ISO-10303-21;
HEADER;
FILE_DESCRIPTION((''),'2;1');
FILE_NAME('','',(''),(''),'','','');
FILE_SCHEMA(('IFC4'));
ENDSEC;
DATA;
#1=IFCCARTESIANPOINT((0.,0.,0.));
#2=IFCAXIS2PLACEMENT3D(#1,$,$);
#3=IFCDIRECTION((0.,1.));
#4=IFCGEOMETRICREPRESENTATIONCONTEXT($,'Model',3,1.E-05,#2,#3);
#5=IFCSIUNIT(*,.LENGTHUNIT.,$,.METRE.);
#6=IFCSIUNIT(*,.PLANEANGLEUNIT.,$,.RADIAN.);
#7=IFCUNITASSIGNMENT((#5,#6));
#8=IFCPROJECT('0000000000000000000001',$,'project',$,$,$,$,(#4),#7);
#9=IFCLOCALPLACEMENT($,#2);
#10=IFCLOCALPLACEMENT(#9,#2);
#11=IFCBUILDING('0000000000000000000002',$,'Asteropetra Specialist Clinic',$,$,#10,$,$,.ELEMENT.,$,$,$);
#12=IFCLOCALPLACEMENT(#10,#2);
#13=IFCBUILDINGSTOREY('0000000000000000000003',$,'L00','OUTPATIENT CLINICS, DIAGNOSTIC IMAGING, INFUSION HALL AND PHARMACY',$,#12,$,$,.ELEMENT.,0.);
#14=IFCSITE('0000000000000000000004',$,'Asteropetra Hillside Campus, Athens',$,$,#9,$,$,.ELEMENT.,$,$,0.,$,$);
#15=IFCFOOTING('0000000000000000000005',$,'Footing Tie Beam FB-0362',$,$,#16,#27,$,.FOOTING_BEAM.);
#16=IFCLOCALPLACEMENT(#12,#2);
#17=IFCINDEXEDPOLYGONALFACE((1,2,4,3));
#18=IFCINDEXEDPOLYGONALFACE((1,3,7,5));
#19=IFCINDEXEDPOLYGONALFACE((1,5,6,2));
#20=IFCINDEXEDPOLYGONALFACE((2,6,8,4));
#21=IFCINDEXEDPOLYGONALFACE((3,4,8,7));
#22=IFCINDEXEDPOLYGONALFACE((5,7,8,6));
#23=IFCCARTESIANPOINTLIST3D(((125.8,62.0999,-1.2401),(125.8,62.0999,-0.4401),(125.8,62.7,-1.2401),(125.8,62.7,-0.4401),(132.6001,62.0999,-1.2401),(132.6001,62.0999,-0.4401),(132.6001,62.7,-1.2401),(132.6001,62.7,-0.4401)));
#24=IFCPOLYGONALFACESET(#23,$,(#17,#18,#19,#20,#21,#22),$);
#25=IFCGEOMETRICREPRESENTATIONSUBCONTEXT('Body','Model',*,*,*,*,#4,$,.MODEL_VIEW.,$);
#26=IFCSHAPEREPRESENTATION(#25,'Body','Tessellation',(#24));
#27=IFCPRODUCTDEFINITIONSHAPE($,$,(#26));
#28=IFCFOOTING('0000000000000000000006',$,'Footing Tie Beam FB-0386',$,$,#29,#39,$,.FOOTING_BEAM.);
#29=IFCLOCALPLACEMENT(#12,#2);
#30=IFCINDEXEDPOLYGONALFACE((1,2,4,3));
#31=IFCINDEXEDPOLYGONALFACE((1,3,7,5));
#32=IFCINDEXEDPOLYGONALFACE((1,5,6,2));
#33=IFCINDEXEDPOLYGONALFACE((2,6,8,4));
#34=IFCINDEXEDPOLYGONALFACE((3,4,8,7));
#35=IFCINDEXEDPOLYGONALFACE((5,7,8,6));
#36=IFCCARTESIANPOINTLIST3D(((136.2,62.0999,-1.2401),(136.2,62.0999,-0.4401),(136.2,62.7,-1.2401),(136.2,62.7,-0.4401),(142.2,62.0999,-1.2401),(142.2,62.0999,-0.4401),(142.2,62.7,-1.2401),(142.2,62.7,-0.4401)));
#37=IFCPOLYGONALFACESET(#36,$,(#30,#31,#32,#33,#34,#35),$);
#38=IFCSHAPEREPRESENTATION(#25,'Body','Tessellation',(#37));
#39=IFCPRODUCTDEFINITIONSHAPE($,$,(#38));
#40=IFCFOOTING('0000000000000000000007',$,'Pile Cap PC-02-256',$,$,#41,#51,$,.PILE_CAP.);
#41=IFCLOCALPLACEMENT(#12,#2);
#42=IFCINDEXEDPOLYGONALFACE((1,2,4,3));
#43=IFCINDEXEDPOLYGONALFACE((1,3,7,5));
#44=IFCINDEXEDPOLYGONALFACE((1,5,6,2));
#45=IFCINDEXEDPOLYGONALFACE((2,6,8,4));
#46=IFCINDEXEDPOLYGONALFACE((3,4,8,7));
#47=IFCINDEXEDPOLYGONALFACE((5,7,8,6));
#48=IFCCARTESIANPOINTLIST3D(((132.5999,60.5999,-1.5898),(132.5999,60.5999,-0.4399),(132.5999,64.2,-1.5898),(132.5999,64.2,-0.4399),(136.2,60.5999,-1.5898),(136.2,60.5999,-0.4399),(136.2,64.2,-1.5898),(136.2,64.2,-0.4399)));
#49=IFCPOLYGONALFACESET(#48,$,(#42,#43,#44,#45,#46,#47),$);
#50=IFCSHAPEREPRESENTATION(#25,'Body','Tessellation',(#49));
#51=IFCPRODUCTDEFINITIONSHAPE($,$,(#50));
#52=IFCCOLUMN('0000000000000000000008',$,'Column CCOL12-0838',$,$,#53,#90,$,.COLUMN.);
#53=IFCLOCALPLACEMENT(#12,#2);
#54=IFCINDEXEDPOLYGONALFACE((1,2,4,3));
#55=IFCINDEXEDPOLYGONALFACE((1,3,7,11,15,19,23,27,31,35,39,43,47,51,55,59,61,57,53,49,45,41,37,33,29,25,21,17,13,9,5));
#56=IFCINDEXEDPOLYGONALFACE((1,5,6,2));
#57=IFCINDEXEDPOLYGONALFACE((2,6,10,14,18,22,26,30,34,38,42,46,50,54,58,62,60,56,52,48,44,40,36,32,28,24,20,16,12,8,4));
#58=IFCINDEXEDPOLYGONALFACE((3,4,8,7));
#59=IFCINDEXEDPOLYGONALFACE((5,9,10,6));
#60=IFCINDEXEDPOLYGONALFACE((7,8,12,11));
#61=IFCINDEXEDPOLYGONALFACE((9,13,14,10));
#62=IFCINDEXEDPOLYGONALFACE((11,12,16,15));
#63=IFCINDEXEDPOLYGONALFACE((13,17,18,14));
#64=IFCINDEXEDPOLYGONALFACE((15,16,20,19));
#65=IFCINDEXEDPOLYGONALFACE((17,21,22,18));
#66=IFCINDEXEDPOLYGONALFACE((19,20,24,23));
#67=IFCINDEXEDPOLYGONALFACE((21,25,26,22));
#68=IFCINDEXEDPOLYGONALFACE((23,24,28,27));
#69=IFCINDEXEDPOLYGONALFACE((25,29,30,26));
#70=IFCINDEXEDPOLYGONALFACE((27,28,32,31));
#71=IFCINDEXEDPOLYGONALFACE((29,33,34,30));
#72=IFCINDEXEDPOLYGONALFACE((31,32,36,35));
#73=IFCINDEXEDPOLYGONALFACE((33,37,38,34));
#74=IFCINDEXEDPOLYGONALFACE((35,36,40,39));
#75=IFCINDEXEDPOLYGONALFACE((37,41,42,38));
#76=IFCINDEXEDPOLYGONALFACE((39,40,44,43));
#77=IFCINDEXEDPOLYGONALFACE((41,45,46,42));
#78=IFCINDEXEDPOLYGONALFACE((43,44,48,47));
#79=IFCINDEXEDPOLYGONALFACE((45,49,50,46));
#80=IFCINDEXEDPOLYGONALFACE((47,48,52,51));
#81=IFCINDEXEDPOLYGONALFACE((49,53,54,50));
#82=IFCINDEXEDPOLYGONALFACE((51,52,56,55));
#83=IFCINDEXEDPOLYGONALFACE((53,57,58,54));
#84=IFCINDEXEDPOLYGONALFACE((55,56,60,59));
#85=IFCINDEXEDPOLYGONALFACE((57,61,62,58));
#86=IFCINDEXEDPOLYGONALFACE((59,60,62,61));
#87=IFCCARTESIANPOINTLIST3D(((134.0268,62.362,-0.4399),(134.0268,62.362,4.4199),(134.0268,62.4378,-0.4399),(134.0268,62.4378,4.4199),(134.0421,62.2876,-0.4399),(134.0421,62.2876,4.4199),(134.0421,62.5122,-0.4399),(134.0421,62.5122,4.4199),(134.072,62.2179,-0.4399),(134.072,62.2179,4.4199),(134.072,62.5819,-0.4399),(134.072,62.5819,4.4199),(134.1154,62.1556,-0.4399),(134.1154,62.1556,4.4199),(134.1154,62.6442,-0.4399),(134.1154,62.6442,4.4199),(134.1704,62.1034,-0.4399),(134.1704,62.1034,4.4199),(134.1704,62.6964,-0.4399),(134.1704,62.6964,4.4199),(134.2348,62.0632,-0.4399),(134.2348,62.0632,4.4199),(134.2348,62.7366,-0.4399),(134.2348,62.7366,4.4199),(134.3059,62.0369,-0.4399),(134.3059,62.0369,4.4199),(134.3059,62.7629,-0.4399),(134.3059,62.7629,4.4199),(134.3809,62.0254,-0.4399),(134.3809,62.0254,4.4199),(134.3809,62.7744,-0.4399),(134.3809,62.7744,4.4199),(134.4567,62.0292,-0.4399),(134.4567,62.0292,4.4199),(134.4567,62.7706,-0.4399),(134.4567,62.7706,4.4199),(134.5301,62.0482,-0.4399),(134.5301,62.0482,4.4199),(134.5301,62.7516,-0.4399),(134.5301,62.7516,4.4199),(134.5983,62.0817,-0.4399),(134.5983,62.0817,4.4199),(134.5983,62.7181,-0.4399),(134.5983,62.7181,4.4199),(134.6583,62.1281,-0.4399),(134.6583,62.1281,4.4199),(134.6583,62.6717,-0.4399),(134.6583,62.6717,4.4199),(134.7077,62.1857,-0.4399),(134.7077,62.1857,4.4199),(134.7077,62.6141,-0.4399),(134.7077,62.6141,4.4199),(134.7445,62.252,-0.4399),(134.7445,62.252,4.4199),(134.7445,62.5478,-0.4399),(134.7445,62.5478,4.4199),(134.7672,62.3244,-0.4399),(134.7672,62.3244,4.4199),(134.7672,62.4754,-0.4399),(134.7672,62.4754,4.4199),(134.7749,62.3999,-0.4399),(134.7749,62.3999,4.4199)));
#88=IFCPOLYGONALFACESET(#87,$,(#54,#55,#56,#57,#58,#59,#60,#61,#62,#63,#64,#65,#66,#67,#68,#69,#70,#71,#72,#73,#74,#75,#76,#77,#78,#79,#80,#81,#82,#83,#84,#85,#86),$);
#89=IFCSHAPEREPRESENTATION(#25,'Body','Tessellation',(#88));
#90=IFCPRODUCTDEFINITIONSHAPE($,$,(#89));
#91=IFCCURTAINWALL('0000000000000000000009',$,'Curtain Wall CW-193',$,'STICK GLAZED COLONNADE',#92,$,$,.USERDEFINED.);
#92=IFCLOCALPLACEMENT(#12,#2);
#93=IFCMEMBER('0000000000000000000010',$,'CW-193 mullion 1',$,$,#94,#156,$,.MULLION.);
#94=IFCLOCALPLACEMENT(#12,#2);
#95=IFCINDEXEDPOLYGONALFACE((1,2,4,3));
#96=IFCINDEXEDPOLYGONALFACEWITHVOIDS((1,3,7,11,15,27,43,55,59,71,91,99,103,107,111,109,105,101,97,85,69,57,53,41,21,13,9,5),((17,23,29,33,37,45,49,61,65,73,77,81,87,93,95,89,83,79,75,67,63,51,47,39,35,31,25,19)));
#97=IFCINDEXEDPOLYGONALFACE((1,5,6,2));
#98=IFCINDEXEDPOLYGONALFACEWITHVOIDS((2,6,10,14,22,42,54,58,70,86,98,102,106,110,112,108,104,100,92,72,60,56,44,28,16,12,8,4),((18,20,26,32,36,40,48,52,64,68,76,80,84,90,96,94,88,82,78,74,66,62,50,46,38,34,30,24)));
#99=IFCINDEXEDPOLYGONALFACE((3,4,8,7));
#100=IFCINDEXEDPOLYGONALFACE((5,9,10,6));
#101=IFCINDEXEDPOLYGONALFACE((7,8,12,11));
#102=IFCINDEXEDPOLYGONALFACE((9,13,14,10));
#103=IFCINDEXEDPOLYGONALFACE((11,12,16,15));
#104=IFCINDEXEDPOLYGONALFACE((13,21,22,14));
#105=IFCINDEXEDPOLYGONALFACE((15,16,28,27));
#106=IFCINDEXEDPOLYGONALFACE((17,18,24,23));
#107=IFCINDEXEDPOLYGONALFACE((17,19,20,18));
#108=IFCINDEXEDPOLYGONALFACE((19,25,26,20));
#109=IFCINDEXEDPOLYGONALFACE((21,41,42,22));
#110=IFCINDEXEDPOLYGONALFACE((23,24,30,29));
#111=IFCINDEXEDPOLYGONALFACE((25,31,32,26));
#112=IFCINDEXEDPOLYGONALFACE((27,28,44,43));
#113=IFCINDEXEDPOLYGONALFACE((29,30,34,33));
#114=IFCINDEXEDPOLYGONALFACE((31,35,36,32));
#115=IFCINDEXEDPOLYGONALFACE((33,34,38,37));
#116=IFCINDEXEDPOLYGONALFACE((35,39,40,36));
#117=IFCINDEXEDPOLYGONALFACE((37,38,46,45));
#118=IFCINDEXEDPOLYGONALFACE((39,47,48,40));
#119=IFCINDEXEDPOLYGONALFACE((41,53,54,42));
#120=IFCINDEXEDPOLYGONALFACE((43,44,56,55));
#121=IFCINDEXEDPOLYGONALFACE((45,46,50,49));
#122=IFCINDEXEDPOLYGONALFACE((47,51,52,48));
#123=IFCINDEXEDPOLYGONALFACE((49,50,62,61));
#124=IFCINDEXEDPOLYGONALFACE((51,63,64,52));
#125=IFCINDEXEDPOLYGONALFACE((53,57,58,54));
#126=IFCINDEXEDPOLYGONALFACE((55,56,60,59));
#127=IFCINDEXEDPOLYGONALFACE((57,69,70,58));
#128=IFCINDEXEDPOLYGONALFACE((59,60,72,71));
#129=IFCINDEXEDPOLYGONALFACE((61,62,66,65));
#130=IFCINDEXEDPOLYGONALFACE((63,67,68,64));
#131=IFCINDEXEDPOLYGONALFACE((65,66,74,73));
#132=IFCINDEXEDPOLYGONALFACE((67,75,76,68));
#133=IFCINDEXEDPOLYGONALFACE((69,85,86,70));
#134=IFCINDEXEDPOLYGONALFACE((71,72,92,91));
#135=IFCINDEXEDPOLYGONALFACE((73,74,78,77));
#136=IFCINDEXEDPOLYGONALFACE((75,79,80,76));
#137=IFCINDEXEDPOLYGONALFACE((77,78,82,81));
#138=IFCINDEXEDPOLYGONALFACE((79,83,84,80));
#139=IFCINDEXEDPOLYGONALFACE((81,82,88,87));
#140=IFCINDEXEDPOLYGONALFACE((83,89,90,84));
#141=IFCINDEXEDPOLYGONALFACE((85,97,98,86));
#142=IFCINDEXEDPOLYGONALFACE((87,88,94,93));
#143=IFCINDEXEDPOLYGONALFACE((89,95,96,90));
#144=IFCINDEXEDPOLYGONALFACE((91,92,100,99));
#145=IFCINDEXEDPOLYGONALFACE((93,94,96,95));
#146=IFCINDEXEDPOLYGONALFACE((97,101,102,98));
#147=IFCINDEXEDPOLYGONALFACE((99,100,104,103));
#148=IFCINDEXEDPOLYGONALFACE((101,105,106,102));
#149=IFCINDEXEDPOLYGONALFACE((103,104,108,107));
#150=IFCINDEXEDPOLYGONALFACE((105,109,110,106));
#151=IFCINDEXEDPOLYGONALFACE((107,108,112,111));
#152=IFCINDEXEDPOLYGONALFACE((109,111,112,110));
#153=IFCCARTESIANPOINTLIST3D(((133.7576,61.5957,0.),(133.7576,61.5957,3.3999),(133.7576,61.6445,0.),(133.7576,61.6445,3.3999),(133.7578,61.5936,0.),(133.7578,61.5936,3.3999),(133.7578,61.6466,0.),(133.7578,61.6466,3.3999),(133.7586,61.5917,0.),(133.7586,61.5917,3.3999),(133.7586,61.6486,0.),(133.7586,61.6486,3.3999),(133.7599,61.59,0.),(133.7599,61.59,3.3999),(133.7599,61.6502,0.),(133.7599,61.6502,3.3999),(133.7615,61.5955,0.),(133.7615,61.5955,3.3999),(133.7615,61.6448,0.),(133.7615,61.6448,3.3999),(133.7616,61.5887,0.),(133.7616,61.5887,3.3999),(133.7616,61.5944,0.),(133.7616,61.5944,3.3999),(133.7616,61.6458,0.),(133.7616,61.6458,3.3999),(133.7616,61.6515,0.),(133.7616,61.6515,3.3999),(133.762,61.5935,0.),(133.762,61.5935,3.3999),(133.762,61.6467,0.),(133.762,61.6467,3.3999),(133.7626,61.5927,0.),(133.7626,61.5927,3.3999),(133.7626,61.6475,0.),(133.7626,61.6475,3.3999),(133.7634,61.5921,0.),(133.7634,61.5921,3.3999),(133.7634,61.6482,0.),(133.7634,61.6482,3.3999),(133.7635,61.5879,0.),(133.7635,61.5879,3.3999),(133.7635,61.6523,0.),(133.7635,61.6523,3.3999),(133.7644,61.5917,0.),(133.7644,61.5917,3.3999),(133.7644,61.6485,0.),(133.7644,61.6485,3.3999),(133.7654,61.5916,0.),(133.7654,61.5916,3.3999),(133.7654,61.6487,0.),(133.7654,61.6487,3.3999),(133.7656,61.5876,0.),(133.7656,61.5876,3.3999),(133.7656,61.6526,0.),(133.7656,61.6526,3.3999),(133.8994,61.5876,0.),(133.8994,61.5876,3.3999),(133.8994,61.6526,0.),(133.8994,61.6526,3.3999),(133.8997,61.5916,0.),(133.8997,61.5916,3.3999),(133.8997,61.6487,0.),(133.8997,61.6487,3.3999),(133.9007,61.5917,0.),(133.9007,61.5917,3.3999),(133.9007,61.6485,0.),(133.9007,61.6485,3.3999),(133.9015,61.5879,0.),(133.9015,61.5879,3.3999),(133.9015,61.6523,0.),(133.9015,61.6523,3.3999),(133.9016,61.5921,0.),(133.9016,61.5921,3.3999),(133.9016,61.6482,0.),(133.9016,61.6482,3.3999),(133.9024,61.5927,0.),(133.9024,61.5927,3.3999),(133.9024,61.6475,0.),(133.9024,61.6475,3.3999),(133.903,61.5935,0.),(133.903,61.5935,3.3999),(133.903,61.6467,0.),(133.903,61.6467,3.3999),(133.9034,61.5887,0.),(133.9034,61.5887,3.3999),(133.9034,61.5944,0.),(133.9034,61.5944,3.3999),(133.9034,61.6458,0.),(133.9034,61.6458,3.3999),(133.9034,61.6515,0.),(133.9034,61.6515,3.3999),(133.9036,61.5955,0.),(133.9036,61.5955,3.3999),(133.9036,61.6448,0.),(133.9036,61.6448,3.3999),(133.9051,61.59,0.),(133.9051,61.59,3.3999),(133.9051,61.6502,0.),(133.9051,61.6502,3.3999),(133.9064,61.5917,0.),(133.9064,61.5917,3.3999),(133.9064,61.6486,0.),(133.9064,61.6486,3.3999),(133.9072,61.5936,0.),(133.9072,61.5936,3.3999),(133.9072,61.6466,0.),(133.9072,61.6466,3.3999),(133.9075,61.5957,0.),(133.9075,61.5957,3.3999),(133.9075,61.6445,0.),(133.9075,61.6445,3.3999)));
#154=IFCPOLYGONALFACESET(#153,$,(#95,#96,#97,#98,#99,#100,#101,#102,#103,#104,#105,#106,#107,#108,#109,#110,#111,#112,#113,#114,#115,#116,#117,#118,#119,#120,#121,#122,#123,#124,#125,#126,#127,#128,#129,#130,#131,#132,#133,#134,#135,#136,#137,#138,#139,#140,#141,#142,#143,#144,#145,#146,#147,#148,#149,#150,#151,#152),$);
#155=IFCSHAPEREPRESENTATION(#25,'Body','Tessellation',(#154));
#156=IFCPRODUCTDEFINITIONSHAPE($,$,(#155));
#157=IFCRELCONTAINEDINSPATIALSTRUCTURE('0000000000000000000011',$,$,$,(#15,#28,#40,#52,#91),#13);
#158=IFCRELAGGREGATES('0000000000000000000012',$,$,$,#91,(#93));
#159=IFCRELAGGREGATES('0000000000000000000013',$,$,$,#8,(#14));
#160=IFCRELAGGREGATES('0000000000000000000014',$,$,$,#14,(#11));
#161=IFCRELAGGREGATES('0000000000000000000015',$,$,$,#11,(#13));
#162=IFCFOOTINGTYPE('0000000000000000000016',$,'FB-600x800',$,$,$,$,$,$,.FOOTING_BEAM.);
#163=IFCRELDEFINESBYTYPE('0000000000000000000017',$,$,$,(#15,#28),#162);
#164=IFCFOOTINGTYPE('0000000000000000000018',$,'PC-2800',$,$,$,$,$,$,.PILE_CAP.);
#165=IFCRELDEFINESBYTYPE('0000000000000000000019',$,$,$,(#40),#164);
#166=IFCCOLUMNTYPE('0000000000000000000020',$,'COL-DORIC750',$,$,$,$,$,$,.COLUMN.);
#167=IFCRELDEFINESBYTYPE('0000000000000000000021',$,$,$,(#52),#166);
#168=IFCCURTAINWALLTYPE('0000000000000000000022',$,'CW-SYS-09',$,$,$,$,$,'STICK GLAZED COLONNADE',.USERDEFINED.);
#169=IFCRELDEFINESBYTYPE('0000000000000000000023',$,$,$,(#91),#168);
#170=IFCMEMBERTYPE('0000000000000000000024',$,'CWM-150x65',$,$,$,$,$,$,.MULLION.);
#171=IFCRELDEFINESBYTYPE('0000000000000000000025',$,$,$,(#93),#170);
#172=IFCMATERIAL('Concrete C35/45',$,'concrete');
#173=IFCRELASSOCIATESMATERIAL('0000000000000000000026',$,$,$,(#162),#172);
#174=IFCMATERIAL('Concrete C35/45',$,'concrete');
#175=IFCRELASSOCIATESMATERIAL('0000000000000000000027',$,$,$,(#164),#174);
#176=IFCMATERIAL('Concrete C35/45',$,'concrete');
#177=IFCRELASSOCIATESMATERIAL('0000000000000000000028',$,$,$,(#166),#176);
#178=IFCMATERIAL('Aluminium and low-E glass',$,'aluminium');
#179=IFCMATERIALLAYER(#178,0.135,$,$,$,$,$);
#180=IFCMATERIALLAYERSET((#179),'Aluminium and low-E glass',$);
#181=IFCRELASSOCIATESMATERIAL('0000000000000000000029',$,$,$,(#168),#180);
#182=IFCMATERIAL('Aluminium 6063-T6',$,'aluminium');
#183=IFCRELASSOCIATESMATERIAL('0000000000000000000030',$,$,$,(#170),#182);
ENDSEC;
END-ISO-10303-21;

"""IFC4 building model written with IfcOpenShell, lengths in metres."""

from ifc_helpers import new_model, si_unit, direction, frame, origin, origin_2d, place, context, subcontext, project, spatial, rectangle, hollow_rectangle, circle, extrude, material, layer, layer_set, material_profile, profile_set, type_object, element, aggregate, save


model = new_model("IFC4")

# Units and contexts
model_context = context("Model", 3, precision=1e-05, world=origin(), true_north=direction((0.0, 1.0)))
body_context = subcontext(model_context, "Body", "Model", "MODEL_VIEW")
ifc_project = project(units=[si_unit("LENGTHUNIT", "METRE"), si_unit("PLANEANGLEUNIT", "RADIAN")], contexts=[model_context])

# Site, building, storey
site_placement = place(None, origin())
site = spatial("IfcSite", under=ifc_project, at=site_placement, Name="Asteropetra Hillside Campus, Athens", CompositionType="ELEMENT", RefElevation=0.0)
building_placement = place(site_placement, origin())
building = spatial("IfcBuilding", under=site, at=building_placement, Name="Asteropetra Specialist Clinic", CompositionType="ELEMENT")
storey_placement = place(building_placement, origin())
storey = spatial("IfcBuildingStorey", under=building, at=storey_placement, Name="L00", Description="OUTPATIENT CLINICS, DIAGNOSTIC IMAGING, INFUSION HALL AND PHARMACY", CompositionType="ELEMENT", Elevation=0.0)

# Footings
ifc_material_1 = material(Name="Concrete C35/45", Category="concrete")
ifc_material_profile_1 = material_profile(ifc_material_1, rectangle(XDim=0.6001, YDim=0.8, at=origin_2d()), Name="FB 600x800")
ifc_profile_set_1 = profile_set([ifc_material_profile_1], Name="Concrete C35/45")
footing_type_1 = type_object("IfcFootingType", Name="FB-600x800", PredefinedType="FOOTING_BEAM", material=ifc_profile_set_1)
footing_1_placement = place(storey_placement, frame((125.8, 62.3999, -0.8401), z_axis=(1.0, 0.0, 0.0), x_axis=(0.0, 1.0, 0.0)))
element("IfcFooting", 1, at=footing_1_placement, inside=storey, type_object=footing_type_1, Name="Footing Tie Beam FB-0362", PredefinedType="FOOTING_BEAM", context=body_context, shape_type="SweptSolid", body=[
    extrude(rectangle(XDim=0.6001, YDim=0.8, at=origin_2d()), origin(), (0.0, 0.0, 1.0), 6.8),
])
footing_2_placement = place(storey_placement, frame((136.2, 62.3999, -0.8401), z_axis=(1.0, 0.0, 0.0), x_axis=(0.0, 1.0, 0.0)))
element("IfcFooting", 2, at=footing_2_placement, inside=storey, type_object=footing_type_1, Name="Footing Tie Beam FB-0386", PredefinedType="FOOTING_BEAM", context=body_context, shape_type="SweptSolid", body=[
    extrude(rectangle(XDim=0.6001, YDim=0.8, at=origin_2d()), origin(), (0.0, 0.0, 1.0), 6.0),
])
ifc_material_2 = material(Name="Concrete C35/45", Category="concrete")
footing_type_2 = type_object("IfcFootingType", Name="PC-2800", PredefinedType="PILE_CAP", material=ifc_material_2)
footing_3_placement = place(storey_placement, frame((134.3999, 62.3999, -1.5898), z_axis=(0.0, 0.0, 1.0), x_axis=(1.0, 0.0, 0.0)))
element("IfcFooting", 3, at=footing_3_placement, inside=storey, type_object=footing_type_2, Name="Pile Cap PC-02-256", PredefinedType="PILE_CAP", context=body_context, shape_type="SweptSolid", body=[
    extrude(rectangle(XDim=3.6001, YDim=3.6001, at=origin_2d()), origin(), (0.0, 0.0, 1.0), 1.1499),
])

# Column
ifc_material_3 = material(Name="Concrete C35/45", Category="concrete")
ifc_material_profile_2 = material_profile(ifc_material_3, circle(Radius=0.375, at=origin_2d()), Name="RCC D750")
ifc_profile_set_2 = profile_set([ifc_material_profile_2], Name="Concrete C35/45")
column_type = type_object("IfcColumnType", Name="COL-DORIC750", PredefinedType="COLUMN", material=ifc_profile_set_2)
column_placement = place(storey_placement, frame((134.3999, 62.3999, -0.4399), z_axis=(0.0, 0.0, 1.0), x_axis=(1.0, 0.0, 0.0)))
element("IfcColumn", 4, at=column_placement, inside=storey, type_object=column_type, Name="Column CCOL12-0838", PredefinedType="COLUMN", context=body_context, shape_type="SweptSolid", body=[
    extrude(circle(Radius=0.375, at=origin_2d()), origin(), (0.0, 0.0, 1.0), 4.8599),
])

# Curtain wall, member
ifc_material_4 = material(Name="Aluminium and low-E glass", Category="aluminium")
ifc_layer_1 = layer(ifc_material_4, 0.135)
ifc_layer_set_1 = layer_set([ifc_layer_1], Name="Aluminium and low-E glass")
curtain_wall_type_1 = type_object("IfcCurtainWallType", Name="CW-SYS-09", ElementType="STICK GLAZED COLONNADE", PredefinedType="USERDEFINED", material=ifc_layer_set_1)
curtain_wall_1_placement = place(storey_placement, origin())
curtain_wall_1 = element("IfcCurtainWall", 5, at=curtain_wall_1_placement, inside=storey, type_object=curtain_wall_type_1, Name="Curtain Wall CW-193", ObjectType="STICK GLAZED COLONNADE", PredefinedType="USERDEFINED")
ifc_material_5 = material(Name="Aluminium 6063-T6", Category="aluminium")
ifc_material_profile_3 = material_profile(ifc_material_5, hollow_rectangle(XDim=0.0649, YDim=0.1499, WallThickness=0.0039, InnerFilletRadius=0.0039, OuterFilletRadius=0.0081, at=origin_2d()), Name="MUL 150x65x4.0")
ifc_profile_set_3 = profile_set([ifc_material_profile_3], Name="Aluminium 6063-T6")
member_type_1 = type_object("IfcMemberType", Name="CWM-150x65", PredefinedType="MULLION", material=ifc_profile_set_3)
member_1_placement = place(storey_placement, frame((133.8325, 61.6201, 0.0), z_axis=(0.0, 0.0, 1.0), x_axis=(0.0, -1.0, 0.0)))
member_1 = element("IfcMember", 6, at=member_1_placement, type_object=member_type_1, Name="CW-193 mullion 1", PredefinedType="MULLION", context=body_context, shape_type="SweptSolid", body=[
    extrude(hollow_rectangle(XDim=0.0649, YDim=0.1499, WallThickness=0.0039, InnerFilletRadius=0.0039, OuterFilletRadius=0.0081, at=origin_2d()), origin(), (0.0, 0.0, 1.0), 3.3999),
])

aggregate(curtain_wall_1, [member_1])

save(model, "model.ifc")
